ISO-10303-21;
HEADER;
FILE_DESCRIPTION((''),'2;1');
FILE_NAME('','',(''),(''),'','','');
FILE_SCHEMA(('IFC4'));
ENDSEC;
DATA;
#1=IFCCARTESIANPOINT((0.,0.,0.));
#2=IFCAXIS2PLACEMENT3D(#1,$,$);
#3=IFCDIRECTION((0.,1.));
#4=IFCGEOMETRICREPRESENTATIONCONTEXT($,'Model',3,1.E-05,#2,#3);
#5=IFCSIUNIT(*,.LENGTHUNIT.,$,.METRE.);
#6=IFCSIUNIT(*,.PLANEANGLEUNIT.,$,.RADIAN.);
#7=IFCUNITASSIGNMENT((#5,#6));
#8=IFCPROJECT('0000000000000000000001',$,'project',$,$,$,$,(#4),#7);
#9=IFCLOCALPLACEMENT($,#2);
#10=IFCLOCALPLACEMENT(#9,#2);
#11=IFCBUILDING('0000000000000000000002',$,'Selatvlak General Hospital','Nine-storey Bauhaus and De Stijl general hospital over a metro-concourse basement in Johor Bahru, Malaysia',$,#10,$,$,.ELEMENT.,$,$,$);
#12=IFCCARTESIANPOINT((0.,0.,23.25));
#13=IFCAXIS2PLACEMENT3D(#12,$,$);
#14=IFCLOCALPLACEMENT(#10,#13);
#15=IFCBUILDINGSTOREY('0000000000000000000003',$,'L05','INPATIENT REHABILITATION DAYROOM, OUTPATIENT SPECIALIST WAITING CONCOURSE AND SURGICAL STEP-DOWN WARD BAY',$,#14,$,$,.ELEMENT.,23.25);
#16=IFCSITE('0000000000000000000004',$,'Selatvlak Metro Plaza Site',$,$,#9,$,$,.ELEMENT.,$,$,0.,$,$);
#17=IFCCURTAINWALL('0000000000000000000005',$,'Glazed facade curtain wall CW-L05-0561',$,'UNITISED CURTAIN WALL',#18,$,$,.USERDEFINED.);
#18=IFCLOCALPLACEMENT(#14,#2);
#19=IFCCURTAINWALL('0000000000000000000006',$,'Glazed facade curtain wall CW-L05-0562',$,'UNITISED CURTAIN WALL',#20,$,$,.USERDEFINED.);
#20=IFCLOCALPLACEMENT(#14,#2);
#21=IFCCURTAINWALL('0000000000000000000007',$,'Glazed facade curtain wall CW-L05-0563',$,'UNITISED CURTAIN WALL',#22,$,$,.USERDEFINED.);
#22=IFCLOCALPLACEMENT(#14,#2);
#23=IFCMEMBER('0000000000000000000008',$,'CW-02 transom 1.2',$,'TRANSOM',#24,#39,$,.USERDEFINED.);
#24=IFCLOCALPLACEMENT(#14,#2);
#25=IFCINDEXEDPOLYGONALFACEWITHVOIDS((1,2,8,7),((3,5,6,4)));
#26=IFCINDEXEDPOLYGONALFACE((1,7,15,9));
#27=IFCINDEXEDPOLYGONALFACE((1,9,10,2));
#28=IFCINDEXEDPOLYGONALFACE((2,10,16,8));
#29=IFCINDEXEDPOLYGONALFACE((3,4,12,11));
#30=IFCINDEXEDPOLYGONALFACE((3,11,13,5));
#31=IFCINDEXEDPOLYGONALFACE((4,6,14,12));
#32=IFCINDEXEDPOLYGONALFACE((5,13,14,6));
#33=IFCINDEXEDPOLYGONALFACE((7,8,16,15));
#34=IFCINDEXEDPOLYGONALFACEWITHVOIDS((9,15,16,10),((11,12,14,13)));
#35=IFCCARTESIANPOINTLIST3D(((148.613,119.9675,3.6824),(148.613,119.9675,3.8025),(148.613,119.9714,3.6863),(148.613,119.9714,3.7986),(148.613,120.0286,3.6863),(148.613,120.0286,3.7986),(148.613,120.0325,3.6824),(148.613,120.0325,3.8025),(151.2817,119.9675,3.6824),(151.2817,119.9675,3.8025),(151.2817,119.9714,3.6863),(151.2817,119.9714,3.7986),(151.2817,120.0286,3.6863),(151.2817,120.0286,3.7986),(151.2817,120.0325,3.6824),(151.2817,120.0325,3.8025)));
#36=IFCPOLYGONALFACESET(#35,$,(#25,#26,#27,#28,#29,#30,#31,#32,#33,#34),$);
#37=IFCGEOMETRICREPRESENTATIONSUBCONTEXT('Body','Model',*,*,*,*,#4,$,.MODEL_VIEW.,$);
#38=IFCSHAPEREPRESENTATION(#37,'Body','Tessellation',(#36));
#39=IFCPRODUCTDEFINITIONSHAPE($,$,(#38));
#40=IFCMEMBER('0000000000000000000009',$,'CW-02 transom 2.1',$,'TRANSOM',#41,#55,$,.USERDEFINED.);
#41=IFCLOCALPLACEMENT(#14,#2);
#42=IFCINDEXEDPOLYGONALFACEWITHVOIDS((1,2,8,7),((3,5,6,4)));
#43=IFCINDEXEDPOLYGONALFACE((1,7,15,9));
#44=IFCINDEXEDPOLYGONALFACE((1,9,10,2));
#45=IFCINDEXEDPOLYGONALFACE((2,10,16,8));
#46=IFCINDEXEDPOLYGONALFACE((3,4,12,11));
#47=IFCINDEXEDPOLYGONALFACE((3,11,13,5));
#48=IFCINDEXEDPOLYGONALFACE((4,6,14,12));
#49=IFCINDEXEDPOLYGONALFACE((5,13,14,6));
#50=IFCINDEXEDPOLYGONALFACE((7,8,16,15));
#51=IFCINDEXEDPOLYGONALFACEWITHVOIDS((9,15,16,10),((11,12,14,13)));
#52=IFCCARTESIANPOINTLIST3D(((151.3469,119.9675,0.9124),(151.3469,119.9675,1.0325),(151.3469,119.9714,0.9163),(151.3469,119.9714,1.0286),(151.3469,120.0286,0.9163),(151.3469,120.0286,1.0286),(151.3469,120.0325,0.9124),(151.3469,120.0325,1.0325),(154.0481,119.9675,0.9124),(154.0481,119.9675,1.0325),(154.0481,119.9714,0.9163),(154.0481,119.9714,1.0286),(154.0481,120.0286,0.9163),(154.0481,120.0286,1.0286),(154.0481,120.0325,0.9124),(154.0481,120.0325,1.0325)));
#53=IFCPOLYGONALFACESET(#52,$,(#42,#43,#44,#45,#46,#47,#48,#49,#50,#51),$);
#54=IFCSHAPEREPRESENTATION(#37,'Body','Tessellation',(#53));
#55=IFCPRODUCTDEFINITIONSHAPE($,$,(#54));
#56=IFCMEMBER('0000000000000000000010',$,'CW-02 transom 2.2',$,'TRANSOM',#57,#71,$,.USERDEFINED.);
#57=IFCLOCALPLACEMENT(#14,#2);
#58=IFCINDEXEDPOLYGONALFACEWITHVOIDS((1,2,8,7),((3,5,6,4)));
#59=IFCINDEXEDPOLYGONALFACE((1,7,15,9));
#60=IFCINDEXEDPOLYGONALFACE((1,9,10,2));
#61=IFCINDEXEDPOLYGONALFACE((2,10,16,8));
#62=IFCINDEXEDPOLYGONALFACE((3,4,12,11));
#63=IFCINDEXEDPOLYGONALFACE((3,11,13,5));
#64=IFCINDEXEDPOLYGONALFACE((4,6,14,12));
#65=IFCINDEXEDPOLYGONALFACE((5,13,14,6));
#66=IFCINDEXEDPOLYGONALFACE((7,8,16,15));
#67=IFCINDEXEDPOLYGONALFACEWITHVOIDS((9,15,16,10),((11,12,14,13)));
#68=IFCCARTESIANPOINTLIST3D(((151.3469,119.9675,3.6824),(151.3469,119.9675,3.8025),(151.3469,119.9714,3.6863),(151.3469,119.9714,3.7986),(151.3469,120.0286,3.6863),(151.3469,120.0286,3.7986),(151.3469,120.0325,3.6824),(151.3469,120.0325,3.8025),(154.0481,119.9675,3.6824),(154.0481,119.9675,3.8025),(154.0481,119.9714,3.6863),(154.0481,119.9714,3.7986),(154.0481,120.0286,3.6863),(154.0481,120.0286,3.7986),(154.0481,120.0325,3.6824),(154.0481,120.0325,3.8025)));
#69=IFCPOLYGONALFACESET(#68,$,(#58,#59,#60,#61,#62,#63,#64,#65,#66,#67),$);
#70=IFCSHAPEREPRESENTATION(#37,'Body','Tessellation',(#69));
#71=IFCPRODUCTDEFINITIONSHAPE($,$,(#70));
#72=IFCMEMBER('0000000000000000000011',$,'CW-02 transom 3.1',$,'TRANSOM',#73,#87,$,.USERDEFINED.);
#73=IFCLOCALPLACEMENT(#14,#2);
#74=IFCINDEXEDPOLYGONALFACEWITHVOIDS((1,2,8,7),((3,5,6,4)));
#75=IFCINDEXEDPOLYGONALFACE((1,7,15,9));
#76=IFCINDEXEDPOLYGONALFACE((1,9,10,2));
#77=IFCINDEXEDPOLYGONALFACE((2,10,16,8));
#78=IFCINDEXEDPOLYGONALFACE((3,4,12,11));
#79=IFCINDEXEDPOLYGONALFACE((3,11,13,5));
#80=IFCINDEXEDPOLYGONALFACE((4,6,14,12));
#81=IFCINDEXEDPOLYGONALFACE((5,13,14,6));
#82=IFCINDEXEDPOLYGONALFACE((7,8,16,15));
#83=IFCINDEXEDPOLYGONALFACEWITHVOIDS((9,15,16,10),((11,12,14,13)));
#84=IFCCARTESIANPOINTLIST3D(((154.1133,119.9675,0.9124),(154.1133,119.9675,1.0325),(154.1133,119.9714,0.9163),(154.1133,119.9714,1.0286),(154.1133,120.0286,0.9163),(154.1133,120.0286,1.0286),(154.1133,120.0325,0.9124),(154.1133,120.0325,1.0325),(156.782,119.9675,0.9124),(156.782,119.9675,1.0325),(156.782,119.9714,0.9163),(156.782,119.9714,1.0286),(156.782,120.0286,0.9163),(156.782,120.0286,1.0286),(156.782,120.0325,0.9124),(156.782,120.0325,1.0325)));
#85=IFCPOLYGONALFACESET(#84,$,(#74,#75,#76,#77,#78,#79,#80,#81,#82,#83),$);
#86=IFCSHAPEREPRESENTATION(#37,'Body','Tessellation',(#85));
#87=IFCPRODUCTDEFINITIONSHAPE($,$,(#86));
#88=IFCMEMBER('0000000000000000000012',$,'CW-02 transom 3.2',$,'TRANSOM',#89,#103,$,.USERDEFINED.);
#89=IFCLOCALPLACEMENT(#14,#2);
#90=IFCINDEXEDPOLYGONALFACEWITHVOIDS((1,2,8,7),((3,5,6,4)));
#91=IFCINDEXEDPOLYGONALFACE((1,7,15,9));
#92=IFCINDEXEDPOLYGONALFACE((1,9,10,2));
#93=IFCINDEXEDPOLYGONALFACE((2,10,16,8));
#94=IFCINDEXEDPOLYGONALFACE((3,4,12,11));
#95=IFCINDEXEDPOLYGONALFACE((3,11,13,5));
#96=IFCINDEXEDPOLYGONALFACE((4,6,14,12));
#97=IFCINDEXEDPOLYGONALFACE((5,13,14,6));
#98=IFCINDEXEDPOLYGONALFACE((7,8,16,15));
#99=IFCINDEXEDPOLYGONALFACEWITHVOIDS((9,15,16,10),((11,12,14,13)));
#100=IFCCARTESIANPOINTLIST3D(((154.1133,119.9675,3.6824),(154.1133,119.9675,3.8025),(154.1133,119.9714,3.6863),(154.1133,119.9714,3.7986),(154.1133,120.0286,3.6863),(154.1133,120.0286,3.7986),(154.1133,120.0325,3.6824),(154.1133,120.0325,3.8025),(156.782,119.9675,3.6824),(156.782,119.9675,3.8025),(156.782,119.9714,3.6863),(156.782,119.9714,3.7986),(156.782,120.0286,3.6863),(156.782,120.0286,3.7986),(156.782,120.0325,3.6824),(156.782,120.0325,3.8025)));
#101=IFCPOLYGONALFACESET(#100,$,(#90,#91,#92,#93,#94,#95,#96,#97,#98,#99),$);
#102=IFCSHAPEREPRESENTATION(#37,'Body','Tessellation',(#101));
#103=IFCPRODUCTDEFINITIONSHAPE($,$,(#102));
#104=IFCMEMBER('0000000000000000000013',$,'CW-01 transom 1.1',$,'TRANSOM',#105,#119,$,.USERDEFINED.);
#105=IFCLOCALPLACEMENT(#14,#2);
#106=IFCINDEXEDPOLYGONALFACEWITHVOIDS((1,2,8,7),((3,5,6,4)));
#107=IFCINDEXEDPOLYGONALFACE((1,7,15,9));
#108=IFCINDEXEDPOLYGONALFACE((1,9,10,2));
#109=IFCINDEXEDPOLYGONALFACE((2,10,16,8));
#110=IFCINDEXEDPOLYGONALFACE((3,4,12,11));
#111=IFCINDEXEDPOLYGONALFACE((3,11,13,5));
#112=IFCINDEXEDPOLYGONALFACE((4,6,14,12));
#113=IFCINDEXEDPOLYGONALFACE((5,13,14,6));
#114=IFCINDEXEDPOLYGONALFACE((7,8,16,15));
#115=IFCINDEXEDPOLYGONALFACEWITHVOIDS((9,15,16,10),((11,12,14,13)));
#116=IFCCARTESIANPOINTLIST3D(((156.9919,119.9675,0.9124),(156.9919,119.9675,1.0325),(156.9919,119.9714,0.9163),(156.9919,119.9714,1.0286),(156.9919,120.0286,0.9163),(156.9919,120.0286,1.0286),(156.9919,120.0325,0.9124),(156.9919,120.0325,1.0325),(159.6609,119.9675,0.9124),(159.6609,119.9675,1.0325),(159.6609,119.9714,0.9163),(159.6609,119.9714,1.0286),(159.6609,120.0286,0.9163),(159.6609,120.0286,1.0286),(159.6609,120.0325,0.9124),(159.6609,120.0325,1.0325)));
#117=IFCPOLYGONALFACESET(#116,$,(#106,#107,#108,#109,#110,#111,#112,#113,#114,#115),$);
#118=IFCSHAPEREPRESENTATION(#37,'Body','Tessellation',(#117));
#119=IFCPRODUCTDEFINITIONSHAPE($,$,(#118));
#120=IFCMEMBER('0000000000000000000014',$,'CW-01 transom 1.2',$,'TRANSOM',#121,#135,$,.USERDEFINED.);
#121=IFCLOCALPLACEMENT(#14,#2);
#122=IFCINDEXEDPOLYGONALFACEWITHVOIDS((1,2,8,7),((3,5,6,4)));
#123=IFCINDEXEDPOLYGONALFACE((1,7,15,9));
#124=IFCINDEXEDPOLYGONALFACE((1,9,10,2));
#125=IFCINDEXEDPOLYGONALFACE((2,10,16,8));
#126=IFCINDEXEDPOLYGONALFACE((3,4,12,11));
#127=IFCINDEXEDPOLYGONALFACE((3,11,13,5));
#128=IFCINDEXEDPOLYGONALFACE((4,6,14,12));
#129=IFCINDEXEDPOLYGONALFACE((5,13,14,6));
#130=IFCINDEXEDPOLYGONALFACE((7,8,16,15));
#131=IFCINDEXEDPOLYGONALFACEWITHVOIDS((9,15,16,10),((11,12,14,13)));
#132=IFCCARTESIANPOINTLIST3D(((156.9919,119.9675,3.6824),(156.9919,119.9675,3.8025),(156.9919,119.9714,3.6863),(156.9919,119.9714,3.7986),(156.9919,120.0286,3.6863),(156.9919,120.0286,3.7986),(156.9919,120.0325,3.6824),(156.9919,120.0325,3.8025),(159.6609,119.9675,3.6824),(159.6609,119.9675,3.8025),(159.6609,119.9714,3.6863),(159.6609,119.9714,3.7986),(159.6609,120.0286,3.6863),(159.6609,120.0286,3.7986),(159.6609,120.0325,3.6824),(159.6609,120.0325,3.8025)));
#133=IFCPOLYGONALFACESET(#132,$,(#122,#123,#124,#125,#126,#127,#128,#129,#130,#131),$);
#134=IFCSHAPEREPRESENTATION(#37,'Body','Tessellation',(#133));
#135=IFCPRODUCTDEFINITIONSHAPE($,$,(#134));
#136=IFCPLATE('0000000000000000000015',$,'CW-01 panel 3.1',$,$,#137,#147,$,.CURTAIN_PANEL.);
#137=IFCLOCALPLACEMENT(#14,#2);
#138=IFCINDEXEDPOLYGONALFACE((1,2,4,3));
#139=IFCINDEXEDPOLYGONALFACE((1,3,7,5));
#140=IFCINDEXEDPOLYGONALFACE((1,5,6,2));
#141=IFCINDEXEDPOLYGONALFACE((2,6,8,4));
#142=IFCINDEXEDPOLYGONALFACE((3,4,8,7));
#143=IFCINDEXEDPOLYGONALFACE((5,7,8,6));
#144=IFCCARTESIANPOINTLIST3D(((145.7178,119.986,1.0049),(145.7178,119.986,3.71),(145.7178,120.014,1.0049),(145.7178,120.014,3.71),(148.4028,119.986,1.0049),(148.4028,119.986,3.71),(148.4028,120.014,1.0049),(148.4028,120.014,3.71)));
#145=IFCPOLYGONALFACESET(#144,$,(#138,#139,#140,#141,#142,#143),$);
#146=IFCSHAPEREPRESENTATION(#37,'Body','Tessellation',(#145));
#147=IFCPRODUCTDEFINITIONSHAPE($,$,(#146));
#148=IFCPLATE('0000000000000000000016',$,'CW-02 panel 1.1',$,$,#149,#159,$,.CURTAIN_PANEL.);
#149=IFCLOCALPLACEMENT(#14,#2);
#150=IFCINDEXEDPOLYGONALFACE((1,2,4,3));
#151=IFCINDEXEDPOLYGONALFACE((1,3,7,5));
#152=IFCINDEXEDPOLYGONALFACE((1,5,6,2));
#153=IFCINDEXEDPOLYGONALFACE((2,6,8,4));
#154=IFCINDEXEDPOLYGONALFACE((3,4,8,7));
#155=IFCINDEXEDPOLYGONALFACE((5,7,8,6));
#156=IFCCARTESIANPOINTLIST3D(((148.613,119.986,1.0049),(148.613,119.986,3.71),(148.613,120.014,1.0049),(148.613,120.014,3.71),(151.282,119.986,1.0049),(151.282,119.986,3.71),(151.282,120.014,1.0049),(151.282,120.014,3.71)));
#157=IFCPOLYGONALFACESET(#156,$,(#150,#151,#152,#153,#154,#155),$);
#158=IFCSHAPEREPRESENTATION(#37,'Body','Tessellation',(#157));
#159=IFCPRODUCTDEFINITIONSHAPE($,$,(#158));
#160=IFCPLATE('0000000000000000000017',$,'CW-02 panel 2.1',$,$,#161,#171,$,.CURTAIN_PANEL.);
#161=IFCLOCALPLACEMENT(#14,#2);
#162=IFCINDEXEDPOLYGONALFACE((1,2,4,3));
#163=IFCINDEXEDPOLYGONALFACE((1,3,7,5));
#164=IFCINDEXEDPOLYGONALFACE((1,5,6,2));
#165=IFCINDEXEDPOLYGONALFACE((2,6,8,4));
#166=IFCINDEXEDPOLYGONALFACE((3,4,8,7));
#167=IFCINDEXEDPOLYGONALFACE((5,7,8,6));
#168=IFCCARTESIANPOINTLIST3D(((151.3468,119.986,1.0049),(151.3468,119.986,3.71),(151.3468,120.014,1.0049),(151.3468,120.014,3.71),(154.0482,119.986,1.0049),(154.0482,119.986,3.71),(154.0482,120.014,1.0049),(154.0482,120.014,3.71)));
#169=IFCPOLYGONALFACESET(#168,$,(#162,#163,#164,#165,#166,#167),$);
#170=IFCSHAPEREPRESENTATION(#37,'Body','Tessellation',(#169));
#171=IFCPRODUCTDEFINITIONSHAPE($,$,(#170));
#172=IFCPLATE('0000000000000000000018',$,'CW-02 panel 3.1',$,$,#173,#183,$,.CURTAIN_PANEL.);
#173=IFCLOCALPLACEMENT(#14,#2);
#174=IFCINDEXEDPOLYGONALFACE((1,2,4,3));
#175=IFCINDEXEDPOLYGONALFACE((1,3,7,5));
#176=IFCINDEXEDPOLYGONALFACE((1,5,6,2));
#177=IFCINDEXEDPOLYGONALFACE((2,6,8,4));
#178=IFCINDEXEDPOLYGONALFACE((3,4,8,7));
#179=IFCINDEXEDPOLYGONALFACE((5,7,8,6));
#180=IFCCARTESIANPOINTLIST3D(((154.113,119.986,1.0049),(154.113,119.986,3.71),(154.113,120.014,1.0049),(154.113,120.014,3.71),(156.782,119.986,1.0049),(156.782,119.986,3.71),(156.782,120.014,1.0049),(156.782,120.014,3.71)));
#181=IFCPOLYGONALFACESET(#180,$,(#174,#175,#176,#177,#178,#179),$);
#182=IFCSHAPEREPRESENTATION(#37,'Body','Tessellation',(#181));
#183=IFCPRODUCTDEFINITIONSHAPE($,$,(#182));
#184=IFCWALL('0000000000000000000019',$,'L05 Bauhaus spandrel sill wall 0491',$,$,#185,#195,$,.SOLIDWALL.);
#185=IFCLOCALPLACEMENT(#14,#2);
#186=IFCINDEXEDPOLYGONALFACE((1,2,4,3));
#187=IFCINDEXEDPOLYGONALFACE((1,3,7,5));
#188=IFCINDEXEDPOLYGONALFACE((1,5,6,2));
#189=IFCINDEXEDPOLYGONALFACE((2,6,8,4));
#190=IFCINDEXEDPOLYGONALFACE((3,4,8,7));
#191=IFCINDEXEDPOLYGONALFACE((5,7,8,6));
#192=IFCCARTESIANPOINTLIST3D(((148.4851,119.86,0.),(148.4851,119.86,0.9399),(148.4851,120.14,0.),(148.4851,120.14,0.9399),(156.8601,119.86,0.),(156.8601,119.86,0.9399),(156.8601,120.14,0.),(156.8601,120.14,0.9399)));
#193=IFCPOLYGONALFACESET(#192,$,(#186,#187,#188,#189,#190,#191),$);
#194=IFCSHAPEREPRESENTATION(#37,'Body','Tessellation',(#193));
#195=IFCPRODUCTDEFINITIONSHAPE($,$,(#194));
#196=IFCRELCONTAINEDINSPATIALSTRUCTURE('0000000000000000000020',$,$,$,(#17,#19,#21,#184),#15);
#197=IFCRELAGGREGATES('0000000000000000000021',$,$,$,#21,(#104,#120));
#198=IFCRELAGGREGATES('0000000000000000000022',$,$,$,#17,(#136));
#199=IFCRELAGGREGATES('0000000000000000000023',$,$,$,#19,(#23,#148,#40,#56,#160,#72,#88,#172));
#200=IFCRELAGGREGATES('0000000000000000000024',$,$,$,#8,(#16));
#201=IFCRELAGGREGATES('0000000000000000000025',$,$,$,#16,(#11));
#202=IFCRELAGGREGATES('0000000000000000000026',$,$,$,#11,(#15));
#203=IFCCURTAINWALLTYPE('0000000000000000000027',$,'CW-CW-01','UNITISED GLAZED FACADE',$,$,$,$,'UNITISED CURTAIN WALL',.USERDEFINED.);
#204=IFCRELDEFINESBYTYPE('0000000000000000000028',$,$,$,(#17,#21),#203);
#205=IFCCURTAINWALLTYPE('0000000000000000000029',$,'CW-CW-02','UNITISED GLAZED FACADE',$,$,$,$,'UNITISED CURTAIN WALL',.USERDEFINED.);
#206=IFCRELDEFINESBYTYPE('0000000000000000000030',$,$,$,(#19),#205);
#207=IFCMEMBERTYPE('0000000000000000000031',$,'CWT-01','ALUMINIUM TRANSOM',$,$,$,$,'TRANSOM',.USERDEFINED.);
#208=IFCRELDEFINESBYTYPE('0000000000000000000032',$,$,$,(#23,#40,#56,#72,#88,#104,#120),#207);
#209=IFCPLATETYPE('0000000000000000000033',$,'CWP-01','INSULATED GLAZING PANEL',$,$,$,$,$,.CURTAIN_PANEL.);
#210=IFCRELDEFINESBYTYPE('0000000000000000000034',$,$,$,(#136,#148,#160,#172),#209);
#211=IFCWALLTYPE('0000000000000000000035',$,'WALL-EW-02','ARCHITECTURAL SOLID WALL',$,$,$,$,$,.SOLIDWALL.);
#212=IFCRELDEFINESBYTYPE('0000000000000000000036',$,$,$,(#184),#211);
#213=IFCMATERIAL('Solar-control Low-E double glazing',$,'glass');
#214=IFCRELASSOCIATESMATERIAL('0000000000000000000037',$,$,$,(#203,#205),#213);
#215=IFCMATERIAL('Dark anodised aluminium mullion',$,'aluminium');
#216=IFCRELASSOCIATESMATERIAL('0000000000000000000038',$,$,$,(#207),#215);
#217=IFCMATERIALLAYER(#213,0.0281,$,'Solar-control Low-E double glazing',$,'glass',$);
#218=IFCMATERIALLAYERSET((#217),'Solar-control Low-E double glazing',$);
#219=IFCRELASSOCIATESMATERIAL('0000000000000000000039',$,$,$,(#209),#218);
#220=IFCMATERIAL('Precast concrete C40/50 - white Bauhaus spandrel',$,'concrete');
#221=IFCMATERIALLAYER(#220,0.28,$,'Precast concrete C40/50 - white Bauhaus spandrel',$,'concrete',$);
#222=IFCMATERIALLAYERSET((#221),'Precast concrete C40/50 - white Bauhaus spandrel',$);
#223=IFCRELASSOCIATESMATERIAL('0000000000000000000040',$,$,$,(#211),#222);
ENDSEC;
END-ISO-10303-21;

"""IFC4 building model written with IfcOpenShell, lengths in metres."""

from ifc_helpers import new_model, si_unit, direction, frame, frame_2d, origin, origin_2d, place, context, subcontext, project, spatial, rectangle, hollow_rectangle, extrude, material, layer, layer_set, material_profile, profile_set, type_object, element, aggregate, save


model = new_model("IFC4")

# Units and contexts
model_context = context("Model", 3, precision=1e-05, world=origin(), true_north=direction((0.0, 1.0)))
body_context = subcontext(model_context, "Body", "Model", "MODEL_VIEW")
ifc_project = project(units=[si_unit("LENGTHUNIT", "METRE"), si_unit("PLANEANGLEUNIT", "RADIAN")], contexts=[model_context])

# Site, building, storey
site_placement = place(None, origin())
site = spatial("IfcSite", under=ifc_project, at=site_placement, Name="Selatvlak Metro Plaza Site", CompositionType="ELEMENT", RefElevation=0.0)
building_placement = place(site_placement, origin())
building = spatial("IfcBuilding", under=site, at=building_placement, Name="Selatvlak General Hospital", Description="Nine-storey Bauhaus and De Stijl general hospital over a metro-concourse basement in Johor Bahru, Malaysia", CompositionType="ELEMENT")
storey_placement = place(building_placement, frame((0.0, 0.0, 23.25)))
storey = spatial("IfcBuildingStorey", under=building, at=storey_placement, Name="L05", Description="INPATIENT REHABILITATION DAYROOM, OUTPATIENT SPECIALIST WAITING CONCOURSE AND SURGICAL STEP-DOWN WARD BAY", CompositionType="ELEMENT", Elevation=23.25)

# Curtain walls
ifc_material_1 = material(Name="Solar-control Low-E double glazing", Category="glass")
curtain_wall_type_1 = type_object("IfcCurtainWallType", Name="CW-CW-01", Description="UNITISED GLAZED FACADE", ElementType="UNITISED CURTAIN WALL", PredefinedType="USERDEFINED", material=ifc_material_1)
curtain_wall_1_placement = place(storey_placement, origin())
curtain_wall_1 = element("IfcCurtainWall", 1, at=curtain_wall_1_placement, inside=storey, type_object=curtain_wall_type_1, Name="Glazed facade curtain wall CW-L05-0561", ObjectType="UNITISED CURTAIN WALL", PredefinedType="USERDEFINED")
ifc_material_2 = material(Name="Dark anodised aluminium mullion", Category="aluminium")
curtain_wall_type_2 = type_object("IfcCurtainWallType", Name="CW-CW-02", Description="UNITISED GLAZED FACADE", ElementType="UNITISED CURTAIN WALL", PredefinedType="USERDEFINED", material=ifc_material_1)
curtain_wall_2_placement = place(storey_placement, origin())
curtain_wall_2 = element("IfcCurtainWall", 2, at=curtain_wall_2_placement, inside=storey, type_object=curtain_wall_type_2, Name="Glazed facade curtain wall CW-L05-0562", ObjectType="UNITISED CURTAIN WALL", PredefinedType="USERDEFINED")

# Curtain wall
curtain_wall_3_placement = place(storey_placement, origin())
curtain_wall_3 = element("IfcCurtainWall", 3, at=curtain_wall_3_placement, inside=storey, type_object=curtain_wall_type_1, Name="Glazed facade curtain wall CW-L05-0563", ObjectType="UNITISED CURTAIN WALL", PredefinedType="USERDEFINED")

# Members
ifc_material_profile_1 = material_profile(ifc_material_2, hollow_rectangle(XDim=0.0649, YDim=0.1201, WallThickness=0.0039, at=origin_2d()), Name="AL-TRN 65x120x4")
ifc_profile_set_1 = profile_set([ifc_material_profile_1], Name="Dark anodised aluminium mullion")
member_type_1 = type_object("IfcMemberType", Name="CWT-01", Description="ALUMINIUM TRANSOM", ElementType="TRANSOM", PredefinedType="USERDEFINED", material=ifc_profile_set_1)
member_1_placement = place(storey_placement, frame((148.613, 120.0, 3.7424), z_axis=(1.0, 0.0, 0.0), x_axis=(0.0, 1.0, 0.0)))
member_1 = element("IfcMember", 4, at=member_1_placement, type_object=member_type_1, Name="CW-02 transom 1.2", ObjectType="TRANSOM", PredefinedType="USERDEFINED", context=body_context, shape_type="SweptSolid", body=[
    extrude(hollow_rectangle(XDim=0.0649, YDim=0.1201, WallThickness=0.0039, at=origin_2d()), origin(), (0.0, 0.0, 1.0), 2.6687),
])
member_2_placement = place(storey_placement, frame((151.3469, 120.0, 0.9724), z_axis=(1.0, 0.0, 0.0), x_axis=(0.0, 1.0, 0.0)))
member_2 = element("IfcMember", 5, at=member_2_placement, type_object=member_type_1, Name="CW-02 transom 2.1", ObjectType="TRANSOM", PredefinedType="USERDEFINED", context=body_context, shape_type="SweptSolid", body=[
    extrude(hollow_rectangle(XDim=0.0649, YDim=0.1201, WallThickness=0.0039, at=origin_2d()), origin(), (0.0, 0.0, 1.0), 2.7012),
])
member_3_placement = place(storey_placement, frame((151.3469, 120.0, 3.7424), z_axis=(1.0, 0.0, 0.0), x_axis=(0.0, 1.0, 0.0)))
member_3 = element("IfcMember", 6, at=member_3_placement, type_object=member_type_1, Name="CW-02 transom 2.2", ObjectType="TRANSOM", PredefinedType="USERDEFINED", context=body_context, shape_type="SweptSolid", body=[
    extrude(hollow_rectangle(XDim=0.0649, YDim=0.1201, WallThickness=0.0039, at=origin_2d()), origin(), (0.0, 0.0, 1.0), 2.7012),
])
member_4_placement = place(storey_placement, frame((154.1133, 120.0, 0.9724), z_axis=(1.0, 0.0, 0.0), x_axis=(0.0, 1.0, 0.0)))
member_4 = element("IfcMember", 7, at=member_4_placement, type_object=member_type_1, Name="CW-02 transom 3.1", ObjectType="TRANSOM", PredefinedType="USERDEFINED", context=body_context, shape_type="SweptSolid", body=[
    extrude(hollow_rectangle(XDim=0.0649, YDim=0.1201, WallThickness=0.0039, at=origin_2d()), origin(), (0.0, 0.0, 1.0), 2.6687),
])
member_5_placement = place(storey_placement, frame((154.1133, 120.0, 3.7424), z_axis=(1.0, 0.0, 0.0), x_axis=(0.0, 1.0, 0.0)))
member_5 = element("IfcMember", 8, at=member_5_placement, type_object=member_type_1, Name="CW-02 transom 3.2", ObjectType="TRANSOM", PredefinedType="USERDEFINED", context=body_context, shape_type="SweptSolid", body=[
    extrude(hollow_rectangle(XDim=0.0649, YDim=0.1201, WallThickness=0.0039, at=origin_2d()), origin(), (0.0, 0.0, 1.0), 2.6687),
])
member_6_placement = place(storey_placement, frame((156.9919, 120.0, 0.9724), z_axis=(1.0, 0.0, 0.0), x_axis=(0.0, 1.0, 0.0)))
member_6 = element("IfcMember", 9, at=member_6_placement, type_object=member_type_1, Name="CW-01 transom 1.1", ObjectType="TRANSOM", PredefinedType="USERDEFINED", context=body_context, shape_type="SweptSolid", body=[
    extrude(hollow_rectangle(XDim=0.0649, YDim=0.1201, WallThickness=0.0039, at=origin_2d()), origin(), (0.0, 0.0, 1.0), 2.6689),
])
member_7_placement = place(storey_placement, frame((156.9919, 120.0, 3.7424), z_axis=(1.0, 0.0, 0.0), x_axis=(0.0, 1.0, 0.0)))
member_7 = element("IfcMember", 10, at=member_7_placement, type_object=member_type_1, Name="CW-01 transom 1.2", ObjectType="TRANSOM", PredefinedType="USERDEFINED", context=body_context, shape_type="SweptSolid", body=[
    extrude(hollow_rectangle(XDim=0.0649, YDim=0.1201, WallThickness=0.0039, at=origin_2d()), origin(), (0.0, 0.0, 1.0), 2.6689),
])
aggregate(curtain_wall_3, [member_6, member_7])

# Plates
ifc_layer_1 = layer(ifc_material_1, 0.0281, Name="Solar-control Low-E double glazing", Category="glass")
ifc_layer_set_1 = layer_set([ifc_layer_1], Name="Solar-control Low-E double glazing")
plate_type = type_object("IfcPlateType", Name="CWP-01", Description="INSULATED GLAZING PANEL", PredefinedType="CURTAIN_PANEL", material=ifc_layer_set_1)
plate_1_placement = place(storey_placement, frame((147.0603, 120.0, 1.0049), z_axis=(0.0, 0.0, 1.0), x_axis=(1.0, 0.0, 0.0)))
plate_1 = element("IfcPlate", 11, at=plate_1_placement, type_object=plate_type, Name="CW-01 panel 3.1", PredefinedType="CURTAIN_PANEL", context=body_context, shape_type="SweptSolid", body=[
    extrude(rectangle(XDim=2.6851, YDim=0.0281, at=origin_2d()), origin(), (0.0, 0.0, 1.0), 2.7051),
])
aggregate(curtain_wall_1, [plate_1])
plate_2_placement = place(storey_placement, frame((149.9475, 120.0, 1.0049), z_axis=(0.0, 0.0, 1.0), x_axis=(1.0, 0.0, 0.0)))
plate_2 = element("IfcPlate", 12, at=plate_2_placement, type_object=plate_type, Name="CW-02 panel 1.1", PredefinedType="CURTAIN_PANEL", context=body_context, shape_type="SweptSolid", body=[
    extrude(rectangle(XDim=2.6689, YDim=0.0281, at=origin_2d()), origin(), (0.0, 0.0, 1.0), 2.7051),
])
plate_3_placement = place(storey_placement, frame((152.6975, 120.0, 1.0049), z_axis=(0.0, 0.0, 1.0), x_axis=(1.0, 0.0, 0.0)))
plate_3 = element("IfcPlate", 13, at=plate_3_placement, type_object=plate_type, Name="CW-02 panel 2.1", PredefinedType="CURTAIN_PANEL", context=body_context, shape_type="SweptSolid", body=[
    extrude(rectangle(XDim=2.7014, YDim=0.0281, at=origin_2d()), origin(), (0.0, 0.0, 1.0), 2.7051),
])
plate_4_placement = place(storey_placement, frame((155.4475, 120.0, 1.0049), z_axis=(0.0, 0.0, 1.0), x_axis=(1.0, 0.0, 0.0)))
plate_4 = element("IfcPlate", 14, at=plate_4_placement, type_object=plate_type, Name="CW-02 panel 3.1", PredefinedType="CURTAIN_PANEL", context=body_context, shape_type="SweptSolid", body=[
    extrude(rectangle(XDim=2.6689, YDim=0.0281, at=origin_2d()), origin(), (0.0, 0.0, 1.0), 2.7051),
])
aggregate(curtain_wall_2, [member_1, plate_2, member_2, member_3, plate_3, member_4, member_5, plate_4])

# Wall
ifc_material_3 = material(Name="Precast concrete C40/50 - white Bauhaus spandrel", Category="concrete")
ifc_layer_2 = layer(ifc_material_3, 0.28, Name="Precast concrete C40/50 - white Bauhaus spandrel", Category="concrete")
ifc_layer_set_2 = layer_set([ifc_layer_2], Name="Precast concrete C40/50 - white Bauhaus spandrel")
wall_type = type_object("IfcWallType", Name="WALL-EW-02", Description="ARCHITECTURAL SOLID WALL", PredefinedType="SOLIDWALL", material=ifc_layer_set_2)
for number, where, z_axis, x_axis, name in (
    (15, (148.4851, 120.0, 0.0), (0.0, 0.0, 1.0), (1.0, 0.0, 0.0), "L05 Bauhaus spandrel sill wall 0491"),
):
    element("IfcWall", number, at=place(storey_placement, frame(where, z_axis=z_axis, x_axis=x_axis)), inside=storey, type_object=wall_type, Name=name, PredefinedType="SOLIDWALL", context=body_context, shape_type="SweptSolid", body=[
        extrude(rectangle(XDim=8.375, YDim=0.28, at=frame_2d((4.1875, 0.0))), origin(), (0.0, 0.0, 1.0), 0.9399),
    ])

save(model, "model.ifc")
